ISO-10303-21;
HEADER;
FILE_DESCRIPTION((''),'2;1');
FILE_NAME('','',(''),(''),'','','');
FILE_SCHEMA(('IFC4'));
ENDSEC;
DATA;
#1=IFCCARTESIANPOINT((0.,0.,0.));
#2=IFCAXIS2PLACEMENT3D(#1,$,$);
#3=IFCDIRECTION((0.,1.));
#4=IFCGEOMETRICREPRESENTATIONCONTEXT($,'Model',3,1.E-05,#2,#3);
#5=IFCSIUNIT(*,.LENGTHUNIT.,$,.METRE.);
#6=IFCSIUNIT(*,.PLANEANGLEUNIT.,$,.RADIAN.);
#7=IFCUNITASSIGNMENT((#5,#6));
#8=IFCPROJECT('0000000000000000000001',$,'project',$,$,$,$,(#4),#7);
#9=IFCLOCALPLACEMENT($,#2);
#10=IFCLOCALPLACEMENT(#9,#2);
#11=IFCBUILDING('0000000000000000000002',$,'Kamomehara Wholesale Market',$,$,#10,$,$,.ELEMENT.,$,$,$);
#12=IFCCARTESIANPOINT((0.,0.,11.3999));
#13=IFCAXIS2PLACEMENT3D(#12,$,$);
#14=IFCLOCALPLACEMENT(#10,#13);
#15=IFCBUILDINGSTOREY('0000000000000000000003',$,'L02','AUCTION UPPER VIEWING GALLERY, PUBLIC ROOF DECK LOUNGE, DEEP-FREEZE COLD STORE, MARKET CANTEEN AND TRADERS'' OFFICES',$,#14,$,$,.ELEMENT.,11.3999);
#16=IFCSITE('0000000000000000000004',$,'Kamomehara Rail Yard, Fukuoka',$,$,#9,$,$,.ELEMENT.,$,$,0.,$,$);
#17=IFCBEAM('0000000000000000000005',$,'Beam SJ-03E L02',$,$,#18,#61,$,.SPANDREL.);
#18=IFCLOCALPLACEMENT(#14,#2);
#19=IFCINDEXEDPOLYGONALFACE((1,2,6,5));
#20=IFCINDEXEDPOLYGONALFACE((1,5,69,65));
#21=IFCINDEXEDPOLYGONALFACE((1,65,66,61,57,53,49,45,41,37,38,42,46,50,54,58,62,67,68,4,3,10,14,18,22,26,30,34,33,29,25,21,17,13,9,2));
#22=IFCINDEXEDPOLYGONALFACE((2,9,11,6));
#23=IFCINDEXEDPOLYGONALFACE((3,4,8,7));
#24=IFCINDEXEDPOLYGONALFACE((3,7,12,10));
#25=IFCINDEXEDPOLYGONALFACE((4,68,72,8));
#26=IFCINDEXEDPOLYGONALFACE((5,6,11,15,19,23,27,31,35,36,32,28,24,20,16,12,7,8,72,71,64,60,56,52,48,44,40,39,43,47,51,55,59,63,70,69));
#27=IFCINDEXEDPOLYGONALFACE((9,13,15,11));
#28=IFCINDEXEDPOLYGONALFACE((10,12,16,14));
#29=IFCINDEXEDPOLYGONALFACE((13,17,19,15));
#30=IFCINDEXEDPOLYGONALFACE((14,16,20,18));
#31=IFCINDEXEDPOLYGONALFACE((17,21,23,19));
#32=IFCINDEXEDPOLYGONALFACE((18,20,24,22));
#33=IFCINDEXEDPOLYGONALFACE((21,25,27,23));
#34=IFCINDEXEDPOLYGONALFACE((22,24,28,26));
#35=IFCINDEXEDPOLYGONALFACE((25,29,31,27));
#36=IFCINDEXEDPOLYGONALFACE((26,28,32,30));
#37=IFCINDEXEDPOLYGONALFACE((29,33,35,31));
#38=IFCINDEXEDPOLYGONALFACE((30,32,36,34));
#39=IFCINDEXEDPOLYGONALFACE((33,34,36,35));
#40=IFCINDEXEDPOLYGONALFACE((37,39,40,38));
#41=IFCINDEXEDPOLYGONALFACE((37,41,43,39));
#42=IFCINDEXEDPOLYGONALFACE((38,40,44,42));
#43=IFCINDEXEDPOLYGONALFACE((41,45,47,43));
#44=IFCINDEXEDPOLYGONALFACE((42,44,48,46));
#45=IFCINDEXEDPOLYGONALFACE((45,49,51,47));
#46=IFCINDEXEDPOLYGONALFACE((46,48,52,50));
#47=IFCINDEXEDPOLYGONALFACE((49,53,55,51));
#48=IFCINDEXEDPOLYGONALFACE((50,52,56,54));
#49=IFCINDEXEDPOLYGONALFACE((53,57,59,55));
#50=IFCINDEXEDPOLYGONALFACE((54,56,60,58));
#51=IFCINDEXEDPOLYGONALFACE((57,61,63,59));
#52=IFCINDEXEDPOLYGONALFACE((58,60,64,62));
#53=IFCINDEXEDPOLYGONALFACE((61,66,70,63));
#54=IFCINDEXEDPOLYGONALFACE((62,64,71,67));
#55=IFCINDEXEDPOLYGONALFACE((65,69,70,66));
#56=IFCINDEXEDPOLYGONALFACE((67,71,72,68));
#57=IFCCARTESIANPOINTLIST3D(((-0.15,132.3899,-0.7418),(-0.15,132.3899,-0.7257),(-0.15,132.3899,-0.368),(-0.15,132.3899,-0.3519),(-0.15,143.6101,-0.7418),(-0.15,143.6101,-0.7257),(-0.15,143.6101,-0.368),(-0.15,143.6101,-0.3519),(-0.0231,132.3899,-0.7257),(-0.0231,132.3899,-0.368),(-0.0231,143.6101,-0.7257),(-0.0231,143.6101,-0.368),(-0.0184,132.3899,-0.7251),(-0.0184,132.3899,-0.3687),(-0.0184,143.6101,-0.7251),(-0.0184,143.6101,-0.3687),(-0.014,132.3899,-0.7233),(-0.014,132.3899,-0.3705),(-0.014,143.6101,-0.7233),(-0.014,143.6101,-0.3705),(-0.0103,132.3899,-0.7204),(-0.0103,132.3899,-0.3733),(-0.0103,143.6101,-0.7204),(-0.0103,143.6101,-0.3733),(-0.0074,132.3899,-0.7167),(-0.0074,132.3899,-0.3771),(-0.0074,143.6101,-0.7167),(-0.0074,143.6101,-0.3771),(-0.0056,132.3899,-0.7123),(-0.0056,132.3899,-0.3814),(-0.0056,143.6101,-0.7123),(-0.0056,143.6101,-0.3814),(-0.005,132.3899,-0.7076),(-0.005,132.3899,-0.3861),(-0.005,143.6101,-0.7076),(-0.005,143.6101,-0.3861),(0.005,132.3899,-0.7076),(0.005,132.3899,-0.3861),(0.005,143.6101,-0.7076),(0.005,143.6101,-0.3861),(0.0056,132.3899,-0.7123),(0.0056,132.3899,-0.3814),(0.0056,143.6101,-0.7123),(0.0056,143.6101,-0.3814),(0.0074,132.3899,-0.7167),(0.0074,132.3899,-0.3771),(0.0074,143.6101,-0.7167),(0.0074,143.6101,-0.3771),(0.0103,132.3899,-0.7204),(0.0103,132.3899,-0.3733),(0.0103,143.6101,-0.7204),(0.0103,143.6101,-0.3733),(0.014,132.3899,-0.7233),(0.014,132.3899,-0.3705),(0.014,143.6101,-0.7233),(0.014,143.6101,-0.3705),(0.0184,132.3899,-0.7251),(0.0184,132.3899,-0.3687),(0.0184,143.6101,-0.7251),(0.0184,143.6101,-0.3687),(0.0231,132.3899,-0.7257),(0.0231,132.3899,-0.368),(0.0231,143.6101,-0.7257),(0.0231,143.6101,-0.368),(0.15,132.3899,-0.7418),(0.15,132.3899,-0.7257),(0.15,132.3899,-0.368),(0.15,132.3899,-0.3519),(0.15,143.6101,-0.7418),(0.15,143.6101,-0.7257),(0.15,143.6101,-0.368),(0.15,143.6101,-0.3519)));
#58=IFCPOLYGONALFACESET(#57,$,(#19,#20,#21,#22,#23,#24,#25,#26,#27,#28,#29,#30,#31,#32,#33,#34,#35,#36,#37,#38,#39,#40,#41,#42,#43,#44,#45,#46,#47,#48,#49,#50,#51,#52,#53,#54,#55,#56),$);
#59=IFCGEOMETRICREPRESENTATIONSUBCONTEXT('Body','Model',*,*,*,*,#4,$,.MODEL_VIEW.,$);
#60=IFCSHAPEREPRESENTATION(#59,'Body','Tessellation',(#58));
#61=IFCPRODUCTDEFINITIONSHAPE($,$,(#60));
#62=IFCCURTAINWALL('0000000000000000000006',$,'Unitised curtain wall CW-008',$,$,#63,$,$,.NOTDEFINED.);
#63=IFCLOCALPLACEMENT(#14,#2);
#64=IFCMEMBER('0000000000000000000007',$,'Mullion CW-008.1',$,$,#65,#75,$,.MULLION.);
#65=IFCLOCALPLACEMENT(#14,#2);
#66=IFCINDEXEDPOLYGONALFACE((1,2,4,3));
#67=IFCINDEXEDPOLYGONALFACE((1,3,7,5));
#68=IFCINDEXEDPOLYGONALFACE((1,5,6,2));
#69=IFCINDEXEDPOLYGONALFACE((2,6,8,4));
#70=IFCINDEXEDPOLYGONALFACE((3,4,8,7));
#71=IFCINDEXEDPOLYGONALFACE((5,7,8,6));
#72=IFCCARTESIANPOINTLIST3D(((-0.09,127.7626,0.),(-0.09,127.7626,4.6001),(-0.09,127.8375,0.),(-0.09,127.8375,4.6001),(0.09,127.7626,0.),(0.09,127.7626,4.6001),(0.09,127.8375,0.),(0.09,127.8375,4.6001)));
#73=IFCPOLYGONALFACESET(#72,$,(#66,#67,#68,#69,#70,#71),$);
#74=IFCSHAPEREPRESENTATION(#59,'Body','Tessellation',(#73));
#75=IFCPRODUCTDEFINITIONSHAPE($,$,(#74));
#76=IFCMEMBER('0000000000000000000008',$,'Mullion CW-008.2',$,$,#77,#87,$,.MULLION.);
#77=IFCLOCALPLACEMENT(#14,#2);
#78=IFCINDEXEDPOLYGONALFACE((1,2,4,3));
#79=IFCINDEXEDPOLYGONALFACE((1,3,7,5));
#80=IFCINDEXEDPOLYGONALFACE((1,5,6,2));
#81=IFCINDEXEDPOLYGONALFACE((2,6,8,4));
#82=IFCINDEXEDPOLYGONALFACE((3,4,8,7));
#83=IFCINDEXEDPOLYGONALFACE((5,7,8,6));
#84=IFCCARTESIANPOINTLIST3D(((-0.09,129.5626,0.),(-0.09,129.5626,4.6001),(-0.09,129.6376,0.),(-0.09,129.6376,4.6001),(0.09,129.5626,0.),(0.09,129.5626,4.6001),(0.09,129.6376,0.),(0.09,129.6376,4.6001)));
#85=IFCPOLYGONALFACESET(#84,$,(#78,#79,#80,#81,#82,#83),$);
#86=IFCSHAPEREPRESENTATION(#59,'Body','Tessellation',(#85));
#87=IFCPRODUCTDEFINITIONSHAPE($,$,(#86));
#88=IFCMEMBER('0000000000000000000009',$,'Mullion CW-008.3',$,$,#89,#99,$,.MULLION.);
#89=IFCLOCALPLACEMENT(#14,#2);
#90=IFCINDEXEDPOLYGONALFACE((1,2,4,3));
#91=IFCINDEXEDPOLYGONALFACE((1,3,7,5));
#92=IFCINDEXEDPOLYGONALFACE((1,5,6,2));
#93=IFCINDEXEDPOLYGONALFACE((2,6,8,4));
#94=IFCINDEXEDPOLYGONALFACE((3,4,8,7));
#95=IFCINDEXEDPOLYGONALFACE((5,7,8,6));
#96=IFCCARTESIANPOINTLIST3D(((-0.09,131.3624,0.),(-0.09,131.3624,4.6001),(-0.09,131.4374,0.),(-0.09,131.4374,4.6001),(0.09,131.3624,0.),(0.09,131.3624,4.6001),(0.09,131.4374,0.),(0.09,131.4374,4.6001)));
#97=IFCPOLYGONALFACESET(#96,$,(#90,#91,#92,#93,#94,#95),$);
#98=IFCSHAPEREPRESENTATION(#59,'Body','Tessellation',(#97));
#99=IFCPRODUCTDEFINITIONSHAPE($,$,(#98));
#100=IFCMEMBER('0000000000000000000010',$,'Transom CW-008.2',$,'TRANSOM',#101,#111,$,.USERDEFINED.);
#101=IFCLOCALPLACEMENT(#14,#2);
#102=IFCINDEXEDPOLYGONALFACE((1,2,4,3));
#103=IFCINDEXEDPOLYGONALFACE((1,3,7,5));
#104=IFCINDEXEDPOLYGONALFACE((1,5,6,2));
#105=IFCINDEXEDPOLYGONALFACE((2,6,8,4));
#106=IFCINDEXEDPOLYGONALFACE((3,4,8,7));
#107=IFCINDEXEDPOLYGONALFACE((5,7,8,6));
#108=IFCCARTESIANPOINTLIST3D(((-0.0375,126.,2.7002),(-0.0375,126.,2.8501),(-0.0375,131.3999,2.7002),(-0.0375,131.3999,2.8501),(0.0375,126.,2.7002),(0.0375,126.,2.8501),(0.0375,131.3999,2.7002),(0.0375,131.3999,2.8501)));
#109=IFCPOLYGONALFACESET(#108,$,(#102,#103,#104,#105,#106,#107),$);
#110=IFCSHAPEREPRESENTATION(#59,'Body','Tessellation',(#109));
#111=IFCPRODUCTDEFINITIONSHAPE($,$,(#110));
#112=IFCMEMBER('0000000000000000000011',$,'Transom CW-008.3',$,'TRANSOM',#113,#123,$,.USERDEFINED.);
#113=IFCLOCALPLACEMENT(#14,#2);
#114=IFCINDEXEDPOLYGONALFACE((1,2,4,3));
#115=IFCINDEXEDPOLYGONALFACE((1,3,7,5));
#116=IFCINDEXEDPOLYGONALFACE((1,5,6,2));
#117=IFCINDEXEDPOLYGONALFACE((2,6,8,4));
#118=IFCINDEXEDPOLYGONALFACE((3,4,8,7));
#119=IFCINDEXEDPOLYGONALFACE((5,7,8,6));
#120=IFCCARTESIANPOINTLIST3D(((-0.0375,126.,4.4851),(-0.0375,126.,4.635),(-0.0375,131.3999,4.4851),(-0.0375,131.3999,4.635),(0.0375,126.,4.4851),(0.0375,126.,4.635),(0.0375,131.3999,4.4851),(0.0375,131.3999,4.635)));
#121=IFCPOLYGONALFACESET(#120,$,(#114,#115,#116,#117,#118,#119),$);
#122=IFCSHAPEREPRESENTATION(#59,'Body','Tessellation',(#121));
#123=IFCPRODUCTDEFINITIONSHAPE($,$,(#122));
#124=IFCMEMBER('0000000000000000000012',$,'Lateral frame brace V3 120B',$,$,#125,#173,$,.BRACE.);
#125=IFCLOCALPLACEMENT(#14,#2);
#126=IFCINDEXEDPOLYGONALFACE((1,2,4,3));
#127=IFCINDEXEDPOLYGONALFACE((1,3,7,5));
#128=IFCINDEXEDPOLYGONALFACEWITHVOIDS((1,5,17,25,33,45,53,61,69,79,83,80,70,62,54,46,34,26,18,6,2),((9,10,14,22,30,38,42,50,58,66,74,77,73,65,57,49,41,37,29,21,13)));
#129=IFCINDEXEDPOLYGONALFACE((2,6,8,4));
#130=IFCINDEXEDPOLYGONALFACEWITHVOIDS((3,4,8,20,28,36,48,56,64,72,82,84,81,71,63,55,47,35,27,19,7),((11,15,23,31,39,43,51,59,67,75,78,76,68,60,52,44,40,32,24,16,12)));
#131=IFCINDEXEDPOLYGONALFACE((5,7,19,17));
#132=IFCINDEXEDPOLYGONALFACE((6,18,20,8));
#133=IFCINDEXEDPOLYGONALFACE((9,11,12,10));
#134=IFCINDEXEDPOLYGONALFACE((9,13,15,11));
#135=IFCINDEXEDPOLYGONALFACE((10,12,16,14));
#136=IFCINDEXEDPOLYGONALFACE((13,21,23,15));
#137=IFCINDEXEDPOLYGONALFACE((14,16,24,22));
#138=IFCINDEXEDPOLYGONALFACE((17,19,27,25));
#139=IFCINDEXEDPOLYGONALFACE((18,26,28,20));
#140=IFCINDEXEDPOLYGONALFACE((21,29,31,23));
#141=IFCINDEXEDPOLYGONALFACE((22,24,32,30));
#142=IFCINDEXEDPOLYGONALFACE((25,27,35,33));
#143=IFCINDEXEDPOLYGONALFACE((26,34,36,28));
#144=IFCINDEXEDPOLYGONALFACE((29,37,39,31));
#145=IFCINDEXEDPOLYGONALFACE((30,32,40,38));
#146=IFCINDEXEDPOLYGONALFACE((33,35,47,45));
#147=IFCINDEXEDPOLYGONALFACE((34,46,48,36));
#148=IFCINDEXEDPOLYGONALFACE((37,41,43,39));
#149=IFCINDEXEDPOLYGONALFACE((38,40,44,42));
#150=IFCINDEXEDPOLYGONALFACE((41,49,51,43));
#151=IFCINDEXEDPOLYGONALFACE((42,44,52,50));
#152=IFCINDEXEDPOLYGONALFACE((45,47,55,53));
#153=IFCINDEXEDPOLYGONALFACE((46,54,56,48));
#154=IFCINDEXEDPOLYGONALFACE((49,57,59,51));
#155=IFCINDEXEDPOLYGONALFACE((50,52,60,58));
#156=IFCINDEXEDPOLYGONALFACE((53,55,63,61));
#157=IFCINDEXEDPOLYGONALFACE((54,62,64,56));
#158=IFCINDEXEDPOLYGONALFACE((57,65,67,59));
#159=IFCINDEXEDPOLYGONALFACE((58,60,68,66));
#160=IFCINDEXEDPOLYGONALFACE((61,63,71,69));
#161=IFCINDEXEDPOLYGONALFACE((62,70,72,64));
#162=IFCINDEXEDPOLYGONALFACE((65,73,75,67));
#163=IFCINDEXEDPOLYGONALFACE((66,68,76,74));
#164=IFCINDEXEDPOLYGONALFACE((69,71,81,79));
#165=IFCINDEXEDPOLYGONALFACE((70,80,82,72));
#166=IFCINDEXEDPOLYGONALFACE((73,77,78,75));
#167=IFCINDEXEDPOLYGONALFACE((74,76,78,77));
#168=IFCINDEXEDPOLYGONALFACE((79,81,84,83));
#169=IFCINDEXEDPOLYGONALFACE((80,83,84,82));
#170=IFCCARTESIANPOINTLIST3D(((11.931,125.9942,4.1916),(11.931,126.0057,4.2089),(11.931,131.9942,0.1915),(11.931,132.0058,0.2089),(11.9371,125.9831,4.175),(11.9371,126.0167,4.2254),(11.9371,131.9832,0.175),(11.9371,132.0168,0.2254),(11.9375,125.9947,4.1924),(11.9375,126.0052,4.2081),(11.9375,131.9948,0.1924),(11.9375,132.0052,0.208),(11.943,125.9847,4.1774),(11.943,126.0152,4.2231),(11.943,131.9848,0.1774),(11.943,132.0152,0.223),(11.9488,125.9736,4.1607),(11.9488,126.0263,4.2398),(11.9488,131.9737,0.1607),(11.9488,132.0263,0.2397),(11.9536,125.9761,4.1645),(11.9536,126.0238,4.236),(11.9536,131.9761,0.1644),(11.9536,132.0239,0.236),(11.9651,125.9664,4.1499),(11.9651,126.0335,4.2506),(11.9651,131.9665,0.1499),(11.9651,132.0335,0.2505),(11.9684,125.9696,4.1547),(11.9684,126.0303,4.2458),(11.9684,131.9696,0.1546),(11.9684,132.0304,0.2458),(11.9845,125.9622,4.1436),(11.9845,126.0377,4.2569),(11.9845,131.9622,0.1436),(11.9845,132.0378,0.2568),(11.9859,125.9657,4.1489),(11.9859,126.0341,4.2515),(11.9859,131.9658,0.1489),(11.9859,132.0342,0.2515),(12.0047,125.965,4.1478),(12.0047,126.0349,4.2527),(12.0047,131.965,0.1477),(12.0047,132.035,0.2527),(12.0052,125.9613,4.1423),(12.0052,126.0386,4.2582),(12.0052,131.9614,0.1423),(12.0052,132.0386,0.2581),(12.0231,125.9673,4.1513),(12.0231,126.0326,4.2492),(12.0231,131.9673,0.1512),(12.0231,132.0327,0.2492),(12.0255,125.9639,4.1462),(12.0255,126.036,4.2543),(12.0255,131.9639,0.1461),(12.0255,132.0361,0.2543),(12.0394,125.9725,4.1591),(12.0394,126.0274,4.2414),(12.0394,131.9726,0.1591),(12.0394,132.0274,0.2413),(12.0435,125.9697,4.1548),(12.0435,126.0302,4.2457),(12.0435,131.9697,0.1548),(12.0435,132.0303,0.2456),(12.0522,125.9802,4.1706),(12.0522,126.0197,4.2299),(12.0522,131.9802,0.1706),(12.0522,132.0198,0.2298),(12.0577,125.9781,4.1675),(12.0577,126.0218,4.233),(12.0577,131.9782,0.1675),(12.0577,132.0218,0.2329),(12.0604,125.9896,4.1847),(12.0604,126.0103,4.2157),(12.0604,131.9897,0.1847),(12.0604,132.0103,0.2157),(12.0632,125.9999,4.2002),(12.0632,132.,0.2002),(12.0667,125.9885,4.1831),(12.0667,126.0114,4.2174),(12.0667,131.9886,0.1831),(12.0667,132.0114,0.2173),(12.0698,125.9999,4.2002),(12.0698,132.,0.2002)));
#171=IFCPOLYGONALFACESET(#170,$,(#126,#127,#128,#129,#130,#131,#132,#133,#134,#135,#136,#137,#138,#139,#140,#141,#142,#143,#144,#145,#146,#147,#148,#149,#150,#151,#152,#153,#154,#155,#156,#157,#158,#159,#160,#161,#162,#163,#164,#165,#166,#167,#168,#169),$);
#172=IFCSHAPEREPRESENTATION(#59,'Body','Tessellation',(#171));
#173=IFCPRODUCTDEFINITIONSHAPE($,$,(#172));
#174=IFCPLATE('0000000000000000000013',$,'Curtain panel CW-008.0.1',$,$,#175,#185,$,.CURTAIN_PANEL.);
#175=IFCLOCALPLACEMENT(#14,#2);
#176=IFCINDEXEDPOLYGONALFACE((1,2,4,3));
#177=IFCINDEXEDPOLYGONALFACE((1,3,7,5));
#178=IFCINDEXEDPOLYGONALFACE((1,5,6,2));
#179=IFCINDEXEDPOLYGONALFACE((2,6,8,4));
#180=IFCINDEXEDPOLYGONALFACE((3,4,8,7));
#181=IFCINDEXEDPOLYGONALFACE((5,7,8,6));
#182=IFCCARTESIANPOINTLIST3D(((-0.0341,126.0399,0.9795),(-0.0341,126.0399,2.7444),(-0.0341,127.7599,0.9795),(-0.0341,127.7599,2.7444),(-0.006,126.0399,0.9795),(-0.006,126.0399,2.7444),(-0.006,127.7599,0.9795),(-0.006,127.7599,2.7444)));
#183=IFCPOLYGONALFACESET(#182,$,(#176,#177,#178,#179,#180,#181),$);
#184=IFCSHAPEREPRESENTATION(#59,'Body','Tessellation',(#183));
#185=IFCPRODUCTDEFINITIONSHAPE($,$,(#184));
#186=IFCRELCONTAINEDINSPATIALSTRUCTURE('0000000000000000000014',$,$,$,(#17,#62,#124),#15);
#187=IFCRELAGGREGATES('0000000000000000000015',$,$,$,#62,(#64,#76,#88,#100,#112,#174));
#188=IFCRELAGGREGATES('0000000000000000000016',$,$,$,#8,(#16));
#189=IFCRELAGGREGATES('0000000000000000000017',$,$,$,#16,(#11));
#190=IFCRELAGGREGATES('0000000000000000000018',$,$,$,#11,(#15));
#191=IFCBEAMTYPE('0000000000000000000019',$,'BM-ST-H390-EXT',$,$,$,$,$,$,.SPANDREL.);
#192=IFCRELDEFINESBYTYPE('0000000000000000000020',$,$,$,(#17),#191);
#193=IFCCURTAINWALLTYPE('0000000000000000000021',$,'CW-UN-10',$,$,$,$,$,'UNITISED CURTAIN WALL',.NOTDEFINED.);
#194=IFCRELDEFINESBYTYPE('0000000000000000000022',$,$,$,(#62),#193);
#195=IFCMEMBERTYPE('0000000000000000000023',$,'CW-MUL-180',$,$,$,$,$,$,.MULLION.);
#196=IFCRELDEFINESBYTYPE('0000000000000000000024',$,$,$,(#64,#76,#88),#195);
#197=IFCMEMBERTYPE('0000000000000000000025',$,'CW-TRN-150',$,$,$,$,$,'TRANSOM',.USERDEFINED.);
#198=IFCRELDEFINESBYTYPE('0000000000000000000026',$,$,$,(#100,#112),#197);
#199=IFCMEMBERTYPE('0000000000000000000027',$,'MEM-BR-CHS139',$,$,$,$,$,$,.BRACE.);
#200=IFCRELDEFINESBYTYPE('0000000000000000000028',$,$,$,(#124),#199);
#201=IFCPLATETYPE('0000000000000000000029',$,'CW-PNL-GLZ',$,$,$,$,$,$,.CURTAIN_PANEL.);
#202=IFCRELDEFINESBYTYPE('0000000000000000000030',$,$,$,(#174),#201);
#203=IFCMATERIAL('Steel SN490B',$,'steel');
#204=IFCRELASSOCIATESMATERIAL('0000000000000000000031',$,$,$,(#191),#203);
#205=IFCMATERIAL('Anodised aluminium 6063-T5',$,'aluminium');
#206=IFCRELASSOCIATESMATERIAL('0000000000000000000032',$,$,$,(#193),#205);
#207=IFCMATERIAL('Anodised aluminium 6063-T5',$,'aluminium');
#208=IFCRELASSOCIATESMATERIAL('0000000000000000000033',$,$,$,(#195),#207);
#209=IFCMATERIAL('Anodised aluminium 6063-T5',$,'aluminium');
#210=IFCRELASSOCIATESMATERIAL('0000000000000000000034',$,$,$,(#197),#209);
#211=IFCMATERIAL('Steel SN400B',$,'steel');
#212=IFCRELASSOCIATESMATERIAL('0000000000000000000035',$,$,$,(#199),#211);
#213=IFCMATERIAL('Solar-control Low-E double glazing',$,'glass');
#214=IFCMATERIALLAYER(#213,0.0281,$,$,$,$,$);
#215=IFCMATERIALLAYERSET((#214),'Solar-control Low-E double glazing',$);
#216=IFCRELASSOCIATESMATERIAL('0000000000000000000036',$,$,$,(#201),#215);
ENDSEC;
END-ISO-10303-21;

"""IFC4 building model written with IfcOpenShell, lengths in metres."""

from ifc_helpers import new_model, si_unit, direction, frame, origin, origin_2d, place, context, subcontext, project, spatial, rectangle, hollow_circle, i_section, extrude, material, layer, layer_set, material_profile, profile_set, type_object, element, aggregate, save


model = new_model("IFC4")

# Units and contexts
model_context = context("Model", 3, precision=1e-05, world=origin(), true_north=direction((0.0, 1.0)))
body_context = subcontext(model_context, "Body", "Model", "MODEL_VIEW")
ifc_project = project(units=[si_unit("LENGTHUNIT", "METRE"), si_unit("PLANEANGLEUNIT", "RADIAN")], contexts=[model_context])

# Site, building, storey
site_placement = place(None, origin())
site = spatial("IfcSite", under=ifc_project, at=site_placement, Name="Kamomehara Rail Yard, Fukuoka", CompositionType="ELEMENT", RefElevation=0.0)
building_placement = place(site_placement, origin())
building = spatial("IfcBuilding", under=site, at=building_placement, Name="Kamomehara Wholesale Market", CompositionType="ELEMENT")
storey_placement = place(building_placement, frame((0.0, 0.0, 11.3999)))
storey = spatial("IfcBuildingStorey", under=building, at=storey_placement, Name="L02", Description="AUCTION UPPER VIEWING GALLERY, PUBLIC ROOF DECK LOUNGE, DEEP-FREEZE COLD STORE, MARKET CANTEEN AND TRADERS' OFFICES", CompositionType="ELEMENT", Elevation=11.3999)

# Beam
ifc_material_1 = material(Name="Steel SN490B", Category="steel")
ifc_material_profile_1 = material_profile(ifc_material_1, i_section(OverallWidth=0.3, OverallDepth=0.3899, WebThickness=0.01, FlangeThickness=0.0161, FilletRadius=0.0181, at=origin_2d()), Name="H-390x300x10x16")
ifc_profile_set_1 = profile_set([ifc_material_profile_1], Name="Steel SN490B")
beam_type_1 = type_object("IfcBeamType", Name="BM-ST-H390-EXT", PredefinedType="SPANDREL", material=ifc_profile_set_1)
beam_1_placement = place(storey_placement, frame((0.0, 132.3899, -0.5469), z_axis=(0.0, 1.0, 0.0), x_axis=(-1.0, 0.0, 0.0)))
element("IfcBeam", 1, at=beam_1_placement, inside=storey, type_object=beam_type_1, Name="Beam SJ-03E L02", PredefinedType="SPANDREL", context=body_context, shape_type="SweptSolid", body=[
    extrude(i_section(OverallWidth=0.3, OverallDepth=0.3899, WebThickness=0.01, FlangeThickness=0.0161, FilletRadius=0.0181, at=origin_2d()), origin(), (0.0, 0.0, 1.0), 11.2202),
])

# Curtain wall, members
ifc_material_2 = material(Name="Anodised aluminium 6063-T5", Category="aluminium")
curtain_wall_type = type_object("IfcCurtainWallType", Name="CW-UN-10", ElementType="UNITISED CURTAIN WALL", PredefinedType="NOTDEFINED", material=ifc_material_2)
curtain_wall_placement = place(storey_placement, origin())
curtain_wall = element("IfcCurtainWall", 2, at=curtain_wall_placement, inside=storey, type_object=curtain_wall_type, Name="Unitised curtain wall CW-008", PredefinedType="NOTDEFINED")
ifc_material_3 = material(Name="Anodised aluminium 6063-T5", Category="aluminium")
ifc_material_profile_2 = material_profile(ifc_material_3, rectangle(XDim=0.075, YDim=0.1799, at=origin_2d()), Name="ALU-MUL-75x180")
ifc_profile_set_2 = profile_set([ifc_material_profile_2], Name="Anodised aluminium 6063-T5")
member_type_1 = type_object("IfcMemberType", Name="CW-MUL-180", PredefinedType="MULLION", material=ifc_profile_set_2)
member_1_placement = place(storey_placement, frame((0.0, 127.8, 0.0), z_axis=(0.0, 0.0, 1.0), x_axis=(0.0, 1.0, 0.0)))
member_1 = element("IfcMember", 3, at=member_1_placement, type_object=member_type_1, Name="Mullion CW-008.1", PredefinedType="MULLION", context=body_context, shape_type="SweptSolid", body=[
    extrude(rectangle(XDim=0.075, YDim=0.1799, at=origin_2d()), origin(), (0.0, 0.0, 1.0), 4.6001),
])
member_2_placement = place(storey_placement, frame((0.0, 129.6001, 0.0), z_axis=(0.0, 0.0, 1.0), x_axis=(0.0, 1.0, 0.0)))
member_2 = element("IfcMember", 4, at=member_2_placement, type_object=member_type_1, Name="Mullion CW-008.2", PredefinedType="MULLION", context=body_context, shape_type="SweptSolid", body=[
    extrude(rectangle(XDim=0.075, YDim=0.1799, at=origin_2d()), origin(), (0.0, 0.0, 1.0), 4.6001),
])
member_3_placement = place(storey_placement, frame((0.0, 131.3999, 0.0), z_axis=(0.0, 0.0, 1.0), x_axis=(0.0, 1.0, 0.0)))
member_3 = element("IfcMember", 5, at=member_3_placement, type_object=member_type_1, Name="Mullion CW-008.3", PredefinedType="MULLION", context=body_context, shape_type="SweptSolid", body=[
    extrude(rectangle(XDim=0.075, YDim=0.1799, at=origin_2d()), origin(), (0.0, 0.0, 1.0), 4.6001),
])
ifc_material_4 = material(Name="Anodised aluminium 6063-T5", Category="aluminium")
ifc_material_profile_3 = material_profile(ifc_material_4, rectangle(XDim=0.075, YDim=0.1499, at=origin_2d()), Name="ALU-TRN-75x150")
ifc_profile_set_3 = profile_set([ifc_material_profile_3], Name="Anodised aluminium 6063-T5")
member_type_2 = type_object("IfcMemberType", Name="CW-TRN-150", ElementType="TRANSOM", PredefinedType="USERDEFINED", material=ifc_profile_set_3)
member_4_placement = place(storey_placement, frame((0.0, 126.0, 2.7751), z_axis=(0.0, 1.0, 0.0), x_axis=(-1.0, 0.0, 0.0)))
member_4 = element("IfcMember", 6, at=member_4_placement, type_object=member_type_2, Name="Transom CW-008.2", ObjectType="TRANSOM", PredefinedType="USERDEFINED", context=body_context, shape_type="SweptSolid", body=[
    extrude(rectangle(XDim=0.075, YDim=0.1499, at=origin_2d()), origin(), (0.0, 0.0, 1.0), 5.3999),
])
member_5_placement = place(storey_placement, frame((0.0, 126.0, 4.5601), z_axis=(0.0, 1.0, 0.0), x_axis=(-1.0, 0.0, 0.0)))
member_5 = element("IfcMember", 7, at=member_5_placement, type_object=member_type_2, Name="Transom CW-008.3", ObjectType="TRANSOM", PredefinedType="USERDEFINED", context=body_context, shape_type="SweptSolid", body=[
    extrude(rectangle(XDim=0.075, YDim=0.1499, at=origin_2d()), origin(), (0.0, 0.0, 1.0), 5.3999),
])

# Member
ifc_material_5 = material(Name="Steel SN400B", Category="steel")
ifc_material_profile_4 = material_profile(ifc_material_5, hollow_circle(Radius=0.0698, WallThickness=0.0066, at=origin_2d()), Name="CHS-139.8x6.6")
ifc_profile_set_4 = profile_set([ifc_material_profile_4], Name="Steel SN400B")
member_type_3 = type_object("IfcMemberType", Name="MEM-BR-CHS139", PredefinedType="BRACE", material=ifc_profile_set_4)
member_6_placement = place(storey_placement, frame((12.0, 132.0, 0.2002), z_axis=(0.0, -0.83205, 0.5547), x_axis=(1.0, 0.0, 0.0)))
element("IfcMember", 8, at=member_6_placement, inside=storey, type_object=member_type_3, Name="Lateral frame brace V3 120B", PredefinedType="BRACE", context=body_context, shape_type="SweptSolid", body=[
    extrude(hollow_circle(Radius=0.0698, WallThickness=0.0066, at=origin_2d()), origin(), (0.0, 0.0, 1.0), 7.2112),
])

# Plate
ifc_material_6 = material(Name="Solar-control Low-E double glazing", Category="glass")
ifc_layer_1 = layer(ifc_material_6, 0.0281)
ifc_layer_set_1 = layer_set([ifc_layer_1], Name="Solar-control Low-E double glazing")
plate_type_1 = type_object("IfcPlateType", Name="CW-PNL-GLZ", PredefinedType="CURTAIN_PANEL", material=ifc_layer_set_1)
plate_1_placement = place(storey_placement, frame((-0.02, 126.8999, 0.9795), z_axis=(0.0, 0.0, 1.0), x_axis=(0.0, 1.0, 0.0)))
plate_1 = element("IfcPlate", 9, at=plate_1_placement, type_object=plate_type_1, Name="Curtain panel CW-008.0.1", PredefinedType="CURTAIN_PANEL", context=body_context, shape_type="SweptSolid", body=[
    extrude(rectangle(XDim=1.72, YDim=0.0281, at=origin_2d()), origin(), (0.0, 0.0, 1.0), 1.7649),
])
aggregate(curtain_wall, [member_1, member_2, member_3, member_4, member_5, plate_1])

save(model, "model.ifc")
